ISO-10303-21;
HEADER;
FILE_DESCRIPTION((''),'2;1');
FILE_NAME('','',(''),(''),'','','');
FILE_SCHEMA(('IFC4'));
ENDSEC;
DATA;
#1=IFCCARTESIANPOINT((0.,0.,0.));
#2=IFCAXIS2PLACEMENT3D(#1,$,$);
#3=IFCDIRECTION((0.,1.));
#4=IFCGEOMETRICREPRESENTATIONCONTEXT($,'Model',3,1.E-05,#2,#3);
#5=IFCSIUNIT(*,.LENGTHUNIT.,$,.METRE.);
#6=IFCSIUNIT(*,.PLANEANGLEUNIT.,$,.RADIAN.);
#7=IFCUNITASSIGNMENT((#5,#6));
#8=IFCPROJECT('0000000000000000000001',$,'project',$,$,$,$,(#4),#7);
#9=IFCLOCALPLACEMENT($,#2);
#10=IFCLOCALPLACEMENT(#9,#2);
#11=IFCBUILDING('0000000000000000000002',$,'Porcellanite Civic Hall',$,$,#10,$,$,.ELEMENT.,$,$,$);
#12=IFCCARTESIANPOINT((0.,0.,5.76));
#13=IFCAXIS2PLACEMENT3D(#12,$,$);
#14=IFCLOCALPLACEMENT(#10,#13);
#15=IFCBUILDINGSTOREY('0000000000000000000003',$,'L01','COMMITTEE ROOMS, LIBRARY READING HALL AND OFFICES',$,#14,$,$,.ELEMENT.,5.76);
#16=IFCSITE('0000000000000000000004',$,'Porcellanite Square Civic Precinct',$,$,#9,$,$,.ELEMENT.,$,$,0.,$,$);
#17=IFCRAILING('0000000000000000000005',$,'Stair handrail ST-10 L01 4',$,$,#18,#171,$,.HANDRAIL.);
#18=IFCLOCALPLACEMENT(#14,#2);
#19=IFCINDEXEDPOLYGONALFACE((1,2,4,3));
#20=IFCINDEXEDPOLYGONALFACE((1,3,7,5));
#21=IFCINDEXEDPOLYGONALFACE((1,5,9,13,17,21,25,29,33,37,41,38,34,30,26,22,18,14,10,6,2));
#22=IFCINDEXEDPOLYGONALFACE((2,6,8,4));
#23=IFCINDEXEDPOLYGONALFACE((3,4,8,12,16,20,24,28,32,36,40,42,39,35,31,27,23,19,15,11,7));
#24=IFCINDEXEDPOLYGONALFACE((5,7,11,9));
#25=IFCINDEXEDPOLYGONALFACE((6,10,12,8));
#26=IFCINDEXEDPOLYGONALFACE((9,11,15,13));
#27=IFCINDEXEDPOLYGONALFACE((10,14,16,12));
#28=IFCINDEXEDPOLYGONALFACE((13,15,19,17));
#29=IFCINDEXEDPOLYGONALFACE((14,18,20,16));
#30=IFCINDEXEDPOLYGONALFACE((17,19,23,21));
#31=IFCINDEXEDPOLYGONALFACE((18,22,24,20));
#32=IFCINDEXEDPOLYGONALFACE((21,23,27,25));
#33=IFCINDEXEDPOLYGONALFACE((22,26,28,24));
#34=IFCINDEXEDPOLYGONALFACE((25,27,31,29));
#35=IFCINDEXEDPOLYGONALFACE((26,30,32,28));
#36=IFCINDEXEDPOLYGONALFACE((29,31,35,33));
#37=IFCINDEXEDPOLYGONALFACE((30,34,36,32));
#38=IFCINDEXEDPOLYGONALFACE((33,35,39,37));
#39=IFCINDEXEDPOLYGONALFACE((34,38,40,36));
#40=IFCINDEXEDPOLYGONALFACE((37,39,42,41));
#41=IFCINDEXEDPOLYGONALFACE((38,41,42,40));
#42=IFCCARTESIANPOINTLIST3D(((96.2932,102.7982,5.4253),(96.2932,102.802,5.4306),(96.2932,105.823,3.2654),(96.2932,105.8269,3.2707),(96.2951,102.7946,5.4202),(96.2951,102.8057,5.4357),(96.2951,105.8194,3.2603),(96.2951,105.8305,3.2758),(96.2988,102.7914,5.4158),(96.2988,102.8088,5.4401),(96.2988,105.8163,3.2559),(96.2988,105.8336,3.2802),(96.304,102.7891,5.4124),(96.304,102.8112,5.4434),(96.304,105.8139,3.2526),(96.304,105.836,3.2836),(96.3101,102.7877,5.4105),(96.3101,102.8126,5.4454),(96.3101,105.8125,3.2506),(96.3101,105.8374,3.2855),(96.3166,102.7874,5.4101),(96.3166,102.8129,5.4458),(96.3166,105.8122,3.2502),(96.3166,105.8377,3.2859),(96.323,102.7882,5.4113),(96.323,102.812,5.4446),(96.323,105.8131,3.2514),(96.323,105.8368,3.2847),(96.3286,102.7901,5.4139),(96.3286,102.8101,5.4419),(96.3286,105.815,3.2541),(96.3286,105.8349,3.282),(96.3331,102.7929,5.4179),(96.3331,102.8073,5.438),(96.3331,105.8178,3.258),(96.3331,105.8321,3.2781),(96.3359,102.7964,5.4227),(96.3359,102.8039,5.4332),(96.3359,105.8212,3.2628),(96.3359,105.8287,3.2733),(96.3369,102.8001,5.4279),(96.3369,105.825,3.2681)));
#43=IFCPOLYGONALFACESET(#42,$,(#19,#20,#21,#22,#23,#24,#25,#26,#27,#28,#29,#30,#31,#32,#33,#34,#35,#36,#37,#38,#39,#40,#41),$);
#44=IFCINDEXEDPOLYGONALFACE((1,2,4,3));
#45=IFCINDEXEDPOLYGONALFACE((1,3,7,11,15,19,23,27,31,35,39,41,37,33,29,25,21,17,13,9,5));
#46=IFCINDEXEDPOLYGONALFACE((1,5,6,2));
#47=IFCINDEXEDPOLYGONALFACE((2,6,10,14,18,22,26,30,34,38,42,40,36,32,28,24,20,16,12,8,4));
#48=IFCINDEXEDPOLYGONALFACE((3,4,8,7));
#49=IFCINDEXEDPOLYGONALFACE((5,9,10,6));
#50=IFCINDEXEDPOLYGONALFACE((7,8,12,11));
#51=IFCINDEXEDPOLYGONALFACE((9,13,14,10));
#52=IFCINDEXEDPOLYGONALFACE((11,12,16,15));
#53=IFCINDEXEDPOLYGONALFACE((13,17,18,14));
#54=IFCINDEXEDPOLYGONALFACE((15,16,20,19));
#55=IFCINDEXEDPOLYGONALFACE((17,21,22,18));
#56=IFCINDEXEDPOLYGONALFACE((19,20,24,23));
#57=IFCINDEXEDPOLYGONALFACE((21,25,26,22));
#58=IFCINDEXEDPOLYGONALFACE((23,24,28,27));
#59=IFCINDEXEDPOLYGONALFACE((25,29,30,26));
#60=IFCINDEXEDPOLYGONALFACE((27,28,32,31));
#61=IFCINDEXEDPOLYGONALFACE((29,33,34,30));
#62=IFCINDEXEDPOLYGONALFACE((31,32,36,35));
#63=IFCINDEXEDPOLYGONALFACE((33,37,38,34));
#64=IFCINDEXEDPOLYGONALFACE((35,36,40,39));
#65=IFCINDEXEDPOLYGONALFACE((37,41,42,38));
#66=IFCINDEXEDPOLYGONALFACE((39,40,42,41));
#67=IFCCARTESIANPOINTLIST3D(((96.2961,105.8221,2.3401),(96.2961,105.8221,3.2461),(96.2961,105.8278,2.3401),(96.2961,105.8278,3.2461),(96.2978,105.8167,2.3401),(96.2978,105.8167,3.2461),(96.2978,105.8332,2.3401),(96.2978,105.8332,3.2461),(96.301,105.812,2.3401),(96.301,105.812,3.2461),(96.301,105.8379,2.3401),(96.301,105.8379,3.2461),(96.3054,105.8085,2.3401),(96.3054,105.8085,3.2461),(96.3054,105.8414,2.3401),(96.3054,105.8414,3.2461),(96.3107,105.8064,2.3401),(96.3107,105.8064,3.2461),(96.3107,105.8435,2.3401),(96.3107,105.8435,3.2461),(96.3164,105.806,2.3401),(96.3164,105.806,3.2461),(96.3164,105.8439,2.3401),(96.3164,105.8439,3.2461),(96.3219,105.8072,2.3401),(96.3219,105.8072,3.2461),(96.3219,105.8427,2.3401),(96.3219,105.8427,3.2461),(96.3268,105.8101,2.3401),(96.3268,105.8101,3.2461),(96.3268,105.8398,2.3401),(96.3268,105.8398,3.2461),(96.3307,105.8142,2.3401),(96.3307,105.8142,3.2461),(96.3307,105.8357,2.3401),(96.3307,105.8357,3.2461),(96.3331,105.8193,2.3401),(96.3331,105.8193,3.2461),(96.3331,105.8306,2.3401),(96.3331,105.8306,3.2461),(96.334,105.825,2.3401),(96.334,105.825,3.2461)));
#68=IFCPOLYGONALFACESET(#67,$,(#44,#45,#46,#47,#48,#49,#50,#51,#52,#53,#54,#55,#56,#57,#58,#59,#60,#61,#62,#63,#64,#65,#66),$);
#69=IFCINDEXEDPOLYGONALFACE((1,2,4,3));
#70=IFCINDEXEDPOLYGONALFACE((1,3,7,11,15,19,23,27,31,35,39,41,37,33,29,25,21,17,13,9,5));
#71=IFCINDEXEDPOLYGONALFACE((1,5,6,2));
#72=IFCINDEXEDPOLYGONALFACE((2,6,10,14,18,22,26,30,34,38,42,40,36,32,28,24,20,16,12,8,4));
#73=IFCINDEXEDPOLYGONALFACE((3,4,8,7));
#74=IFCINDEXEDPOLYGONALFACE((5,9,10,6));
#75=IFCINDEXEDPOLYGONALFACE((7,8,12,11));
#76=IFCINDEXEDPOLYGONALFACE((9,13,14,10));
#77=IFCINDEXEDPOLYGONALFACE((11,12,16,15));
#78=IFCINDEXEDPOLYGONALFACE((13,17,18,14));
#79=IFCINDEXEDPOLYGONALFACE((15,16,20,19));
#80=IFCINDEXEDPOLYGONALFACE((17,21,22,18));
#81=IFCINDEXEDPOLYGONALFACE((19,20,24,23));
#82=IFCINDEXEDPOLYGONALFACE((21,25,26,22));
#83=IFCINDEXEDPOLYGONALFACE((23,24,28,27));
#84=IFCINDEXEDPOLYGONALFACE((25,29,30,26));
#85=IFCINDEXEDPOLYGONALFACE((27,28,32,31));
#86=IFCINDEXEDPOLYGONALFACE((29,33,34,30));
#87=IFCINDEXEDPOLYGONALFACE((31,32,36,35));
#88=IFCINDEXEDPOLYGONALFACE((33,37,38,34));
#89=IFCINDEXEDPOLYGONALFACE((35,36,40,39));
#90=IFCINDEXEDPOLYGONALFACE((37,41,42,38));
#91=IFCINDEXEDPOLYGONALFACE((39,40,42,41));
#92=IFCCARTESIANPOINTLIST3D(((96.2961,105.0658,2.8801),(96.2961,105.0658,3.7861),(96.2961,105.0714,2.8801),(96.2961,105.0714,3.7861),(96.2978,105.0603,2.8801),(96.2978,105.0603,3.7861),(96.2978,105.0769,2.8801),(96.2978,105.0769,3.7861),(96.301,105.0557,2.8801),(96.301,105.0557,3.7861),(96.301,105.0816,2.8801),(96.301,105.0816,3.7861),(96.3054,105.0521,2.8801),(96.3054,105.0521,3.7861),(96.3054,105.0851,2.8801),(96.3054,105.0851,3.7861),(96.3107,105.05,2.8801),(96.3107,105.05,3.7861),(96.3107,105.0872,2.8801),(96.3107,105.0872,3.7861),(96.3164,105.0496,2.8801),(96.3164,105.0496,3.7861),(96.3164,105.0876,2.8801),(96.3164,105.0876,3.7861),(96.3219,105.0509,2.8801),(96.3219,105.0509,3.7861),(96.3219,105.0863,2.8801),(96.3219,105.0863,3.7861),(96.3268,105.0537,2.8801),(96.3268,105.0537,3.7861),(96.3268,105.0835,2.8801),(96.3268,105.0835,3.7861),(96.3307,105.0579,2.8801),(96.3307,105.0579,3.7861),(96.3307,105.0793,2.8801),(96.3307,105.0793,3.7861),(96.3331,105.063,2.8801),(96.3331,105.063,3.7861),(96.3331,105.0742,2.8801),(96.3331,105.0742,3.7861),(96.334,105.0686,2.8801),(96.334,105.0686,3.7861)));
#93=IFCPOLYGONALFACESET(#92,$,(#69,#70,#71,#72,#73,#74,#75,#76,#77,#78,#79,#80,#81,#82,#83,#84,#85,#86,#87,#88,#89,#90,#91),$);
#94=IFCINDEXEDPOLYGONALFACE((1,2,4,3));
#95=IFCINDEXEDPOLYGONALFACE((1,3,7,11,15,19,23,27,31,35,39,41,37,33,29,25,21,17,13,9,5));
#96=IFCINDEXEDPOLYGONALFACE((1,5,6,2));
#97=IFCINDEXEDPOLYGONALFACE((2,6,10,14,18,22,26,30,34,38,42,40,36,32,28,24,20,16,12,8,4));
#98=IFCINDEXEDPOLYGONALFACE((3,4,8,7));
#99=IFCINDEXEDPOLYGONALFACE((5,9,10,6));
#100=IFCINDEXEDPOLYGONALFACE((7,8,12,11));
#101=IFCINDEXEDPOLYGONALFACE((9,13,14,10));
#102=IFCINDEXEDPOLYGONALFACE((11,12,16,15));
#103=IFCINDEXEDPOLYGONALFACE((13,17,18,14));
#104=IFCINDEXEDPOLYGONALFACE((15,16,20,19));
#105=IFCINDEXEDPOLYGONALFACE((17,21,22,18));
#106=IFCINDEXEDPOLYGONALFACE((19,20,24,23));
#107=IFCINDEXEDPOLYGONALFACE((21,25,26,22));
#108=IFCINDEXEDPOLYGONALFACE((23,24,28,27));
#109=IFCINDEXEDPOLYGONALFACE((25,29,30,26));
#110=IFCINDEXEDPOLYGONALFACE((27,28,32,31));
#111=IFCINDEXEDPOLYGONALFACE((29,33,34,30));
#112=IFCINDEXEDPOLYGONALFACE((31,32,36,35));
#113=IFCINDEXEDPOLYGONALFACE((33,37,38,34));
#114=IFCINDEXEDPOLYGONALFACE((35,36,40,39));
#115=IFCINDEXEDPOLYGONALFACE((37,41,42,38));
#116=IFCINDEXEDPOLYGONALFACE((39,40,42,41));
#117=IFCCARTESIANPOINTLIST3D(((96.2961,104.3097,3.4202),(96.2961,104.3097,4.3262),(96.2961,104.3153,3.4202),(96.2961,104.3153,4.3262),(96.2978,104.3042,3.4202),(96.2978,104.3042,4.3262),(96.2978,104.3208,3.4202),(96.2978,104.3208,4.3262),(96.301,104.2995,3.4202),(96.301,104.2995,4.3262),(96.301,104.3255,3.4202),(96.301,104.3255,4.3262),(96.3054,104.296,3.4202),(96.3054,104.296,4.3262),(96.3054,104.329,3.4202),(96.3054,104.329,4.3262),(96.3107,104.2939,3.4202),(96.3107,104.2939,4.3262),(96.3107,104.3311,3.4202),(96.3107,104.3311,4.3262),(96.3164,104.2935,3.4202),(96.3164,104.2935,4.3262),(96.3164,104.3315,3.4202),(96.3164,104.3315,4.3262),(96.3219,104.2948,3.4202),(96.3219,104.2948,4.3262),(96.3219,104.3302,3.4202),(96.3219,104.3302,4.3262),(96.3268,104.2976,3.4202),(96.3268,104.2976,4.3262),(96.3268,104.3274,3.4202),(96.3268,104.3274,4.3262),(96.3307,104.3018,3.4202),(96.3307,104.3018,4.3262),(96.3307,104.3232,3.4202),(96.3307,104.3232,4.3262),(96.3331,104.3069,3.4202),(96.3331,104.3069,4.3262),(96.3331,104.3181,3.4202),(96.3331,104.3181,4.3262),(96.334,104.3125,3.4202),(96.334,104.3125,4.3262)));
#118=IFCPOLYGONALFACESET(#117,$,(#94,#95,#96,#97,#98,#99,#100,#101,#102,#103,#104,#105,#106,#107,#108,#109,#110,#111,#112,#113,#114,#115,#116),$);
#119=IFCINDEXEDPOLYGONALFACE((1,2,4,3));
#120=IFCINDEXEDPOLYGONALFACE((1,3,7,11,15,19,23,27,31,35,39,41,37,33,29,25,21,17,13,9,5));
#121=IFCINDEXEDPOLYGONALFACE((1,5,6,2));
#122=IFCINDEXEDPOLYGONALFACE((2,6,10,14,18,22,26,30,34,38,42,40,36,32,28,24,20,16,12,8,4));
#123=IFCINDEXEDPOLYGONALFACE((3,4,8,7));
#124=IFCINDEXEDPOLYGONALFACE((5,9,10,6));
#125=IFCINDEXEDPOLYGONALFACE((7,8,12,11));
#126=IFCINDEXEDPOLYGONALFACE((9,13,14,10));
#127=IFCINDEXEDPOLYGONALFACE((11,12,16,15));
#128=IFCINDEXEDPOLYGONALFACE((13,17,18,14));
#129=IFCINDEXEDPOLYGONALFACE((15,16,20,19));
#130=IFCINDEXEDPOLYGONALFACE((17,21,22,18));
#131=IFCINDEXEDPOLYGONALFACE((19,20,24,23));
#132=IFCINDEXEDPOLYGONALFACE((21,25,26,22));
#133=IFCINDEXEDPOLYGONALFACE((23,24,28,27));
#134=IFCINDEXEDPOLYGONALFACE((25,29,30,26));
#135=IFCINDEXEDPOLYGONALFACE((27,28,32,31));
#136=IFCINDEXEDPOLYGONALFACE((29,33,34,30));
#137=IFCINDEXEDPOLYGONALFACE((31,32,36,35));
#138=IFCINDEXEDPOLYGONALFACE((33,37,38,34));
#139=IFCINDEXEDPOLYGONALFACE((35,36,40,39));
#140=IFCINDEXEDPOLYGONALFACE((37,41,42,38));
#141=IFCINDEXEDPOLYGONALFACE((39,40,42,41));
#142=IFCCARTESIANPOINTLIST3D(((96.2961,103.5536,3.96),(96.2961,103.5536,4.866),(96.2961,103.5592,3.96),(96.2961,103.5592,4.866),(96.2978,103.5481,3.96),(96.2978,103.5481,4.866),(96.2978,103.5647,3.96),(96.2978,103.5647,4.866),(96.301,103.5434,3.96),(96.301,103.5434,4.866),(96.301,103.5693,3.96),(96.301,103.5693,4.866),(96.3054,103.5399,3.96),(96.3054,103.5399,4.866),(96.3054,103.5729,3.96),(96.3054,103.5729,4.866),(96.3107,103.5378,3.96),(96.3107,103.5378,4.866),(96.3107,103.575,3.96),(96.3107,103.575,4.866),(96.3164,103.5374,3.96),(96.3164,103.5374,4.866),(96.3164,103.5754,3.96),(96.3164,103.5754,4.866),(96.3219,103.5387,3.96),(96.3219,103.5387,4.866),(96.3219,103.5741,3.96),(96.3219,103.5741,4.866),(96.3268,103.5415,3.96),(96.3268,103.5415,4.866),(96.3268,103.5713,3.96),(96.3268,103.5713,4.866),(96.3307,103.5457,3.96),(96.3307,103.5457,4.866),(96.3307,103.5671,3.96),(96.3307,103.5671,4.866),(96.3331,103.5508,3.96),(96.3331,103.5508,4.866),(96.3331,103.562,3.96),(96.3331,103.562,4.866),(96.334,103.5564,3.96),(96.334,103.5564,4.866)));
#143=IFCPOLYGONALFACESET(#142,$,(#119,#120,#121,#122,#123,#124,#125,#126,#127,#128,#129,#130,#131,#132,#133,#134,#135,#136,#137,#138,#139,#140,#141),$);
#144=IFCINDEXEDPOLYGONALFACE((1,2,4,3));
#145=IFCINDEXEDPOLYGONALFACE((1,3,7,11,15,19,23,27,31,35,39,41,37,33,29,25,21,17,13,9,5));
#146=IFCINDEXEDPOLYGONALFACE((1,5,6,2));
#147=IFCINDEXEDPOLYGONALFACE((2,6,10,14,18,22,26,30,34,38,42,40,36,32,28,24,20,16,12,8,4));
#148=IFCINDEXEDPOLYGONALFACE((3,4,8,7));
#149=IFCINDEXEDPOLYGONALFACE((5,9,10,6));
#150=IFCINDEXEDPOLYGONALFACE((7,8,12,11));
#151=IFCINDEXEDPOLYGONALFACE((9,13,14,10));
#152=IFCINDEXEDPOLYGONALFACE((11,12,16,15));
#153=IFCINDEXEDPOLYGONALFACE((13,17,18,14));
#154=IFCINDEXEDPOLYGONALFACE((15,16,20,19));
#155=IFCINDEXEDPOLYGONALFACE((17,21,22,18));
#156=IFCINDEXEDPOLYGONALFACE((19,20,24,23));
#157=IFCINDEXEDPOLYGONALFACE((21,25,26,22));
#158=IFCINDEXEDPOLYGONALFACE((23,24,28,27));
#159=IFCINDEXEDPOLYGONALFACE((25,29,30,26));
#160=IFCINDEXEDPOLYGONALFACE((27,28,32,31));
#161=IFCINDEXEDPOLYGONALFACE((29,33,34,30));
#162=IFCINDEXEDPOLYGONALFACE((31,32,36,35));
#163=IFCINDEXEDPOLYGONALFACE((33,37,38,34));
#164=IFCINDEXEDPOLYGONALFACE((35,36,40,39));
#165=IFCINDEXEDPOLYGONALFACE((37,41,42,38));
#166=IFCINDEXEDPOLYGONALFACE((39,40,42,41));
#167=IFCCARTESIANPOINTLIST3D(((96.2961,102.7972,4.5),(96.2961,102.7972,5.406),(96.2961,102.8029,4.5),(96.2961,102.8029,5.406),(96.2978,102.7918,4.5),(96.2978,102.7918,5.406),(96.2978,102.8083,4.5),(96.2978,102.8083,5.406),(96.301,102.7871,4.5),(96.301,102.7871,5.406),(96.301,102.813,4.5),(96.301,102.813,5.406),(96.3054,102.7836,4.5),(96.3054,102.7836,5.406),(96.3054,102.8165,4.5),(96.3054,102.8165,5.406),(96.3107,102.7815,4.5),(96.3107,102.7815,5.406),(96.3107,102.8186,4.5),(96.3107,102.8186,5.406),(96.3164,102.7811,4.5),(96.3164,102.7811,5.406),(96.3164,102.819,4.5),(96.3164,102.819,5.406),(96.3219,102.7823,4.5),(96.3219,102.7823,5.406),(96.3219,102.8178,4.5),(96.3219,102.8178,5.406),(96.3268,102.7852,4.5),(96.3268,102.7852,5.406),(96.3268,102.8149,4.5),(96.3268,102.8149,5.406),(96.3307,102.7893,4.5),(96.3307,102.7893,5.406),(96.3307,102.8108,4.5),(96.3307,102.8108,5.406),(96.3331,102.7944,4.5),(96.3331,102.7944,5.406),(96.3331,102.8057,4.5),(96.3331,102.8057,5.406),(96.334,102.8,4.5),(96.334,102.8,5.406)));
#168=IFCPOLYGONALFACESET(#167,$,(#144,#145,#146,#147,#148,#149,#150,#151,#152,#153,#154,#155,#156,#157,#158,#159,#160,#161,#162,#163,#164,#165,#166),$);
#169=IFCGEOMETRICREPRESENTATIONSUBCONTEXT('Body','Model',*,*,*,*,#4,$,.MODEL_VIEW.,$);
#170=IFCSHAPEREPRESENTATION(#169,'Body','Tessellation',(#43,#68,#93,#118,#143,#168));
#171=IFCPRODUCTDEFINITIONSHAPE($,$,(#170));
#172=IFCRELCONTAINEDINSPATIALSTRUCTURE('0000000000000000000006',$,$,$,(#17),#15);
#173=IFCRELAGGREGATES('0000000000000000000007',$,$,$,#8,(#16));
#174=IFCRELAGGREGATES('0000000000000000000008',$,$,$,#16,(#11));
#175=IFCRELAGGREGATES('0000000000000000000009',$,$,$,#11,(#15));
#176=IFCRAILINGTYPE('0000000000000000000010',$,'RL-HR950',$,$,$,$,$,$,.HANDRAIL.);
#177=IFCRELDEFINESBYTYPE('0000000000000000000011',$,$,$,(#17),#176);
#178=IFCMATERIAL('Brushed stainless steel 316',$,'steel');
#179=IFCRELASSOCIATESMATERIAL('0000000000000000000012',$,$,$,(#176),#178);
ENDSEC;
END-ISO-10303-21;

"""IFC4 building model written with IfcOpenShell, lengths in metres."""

from ifc_helpers import new_model, si_unit, direction, frame, origin, origin_2d, place, context, subcontext, project, spatial, circle, extrude, material, type_object, element, save


model = new_model("IFC4")

# Units and contexts
model_context = context("Model", 3, precision=1e-05, world=origin(), true_north=direction((0.0, 1.0)))
body_context = subcontext(model_context, "Body", "Model", "MODEL_VIEW")
ifc_project = project(units=[si_unit("LENGTHUNIT", "METRE"), si_unit("PLANEANGLEUNIT", "RADIAN")], contexts=[model_context])

# Site, building, storey
site_placement = place(None, origin())
site = spatial("IfcSite", under=ifc_project, at=site_placement, Name="Porcellanite Square Civic Precinct", CompositionType="ELEMENT", RefElevation=0.0)
building_placement = place(site_placement, origin())
building = spatial("IfcBuilding", under=site, at=building_placement, Name="Porcellanite Civic Hall", CompositionType="ELEMENT")
storey_placement = place(building_placement, frame((0.0, 0.0, 5.76)))
storey = spatial("IfcBuildingStorey", under=building, at=storey_placement, Name="L01", Description="COMMITTEE ROOMS, LIBRARY READING HALL AND OFFICES", CompositionType="ELEMENT", Elevation=5.76)

# Railing
ifc_material_1 = material(Name="Brushed stainless steel 316", Category="steel")
railing_type_1 = type_object("IfcRailingType", Name="RL-HR950", PredefinedType="HANDRAIL", material=ifc_material_1)
railing_1_placement = place(storey_placement, frame((96.3149, 105.825, 2.3401)))
element("IfcRailing", 1, at=railing_1_placement, inside=storey, type_object=railing_type_1, Name="Stair handrail ST-10 L01 4", PredefinedType="HANDRAIL", context=body_context, shape_type="SweptSolid", body=[
    extrude(circle(Radius=0.022, at=origin_2d()), frame((0.0, 0.0, 0.928), z_axis=(0.0, -0.813827, 0.581108), x_axis=(1.0, 0.0, 0.0)), (0.0, 0.0, 1.0), 3.7168),
    extrude(circle(Radius=0.019, at=origin_2d()), origin(), (0.0, 0.0, 1.0), 0.906),
    extrude(circle(Radius=0.019, at=origin_2d()), frame((0.0, -0.7563, 0.54)), (0.0, 0.0, 1.0), 0.906),
    extrude(circle(Radius=0.019, at=origin_2d()), frame((0.0, -1.5125, 1.0801)), (0.0, 0.0, 1.0), 0.906),
    extrude(circle(Radius=0.019, at=origin_2d()), frame((0.0, -2.2686, 1.6199)), (0.0, 0.0, 1.0), 0.906),
    extrude(circle(Radius=0.019, at=origin_2d()), frame((0.0, -3.0249, 2.1599)), (0.0, 0.0, 1.0), 0.906),
])

save(model, "model.ifc")
